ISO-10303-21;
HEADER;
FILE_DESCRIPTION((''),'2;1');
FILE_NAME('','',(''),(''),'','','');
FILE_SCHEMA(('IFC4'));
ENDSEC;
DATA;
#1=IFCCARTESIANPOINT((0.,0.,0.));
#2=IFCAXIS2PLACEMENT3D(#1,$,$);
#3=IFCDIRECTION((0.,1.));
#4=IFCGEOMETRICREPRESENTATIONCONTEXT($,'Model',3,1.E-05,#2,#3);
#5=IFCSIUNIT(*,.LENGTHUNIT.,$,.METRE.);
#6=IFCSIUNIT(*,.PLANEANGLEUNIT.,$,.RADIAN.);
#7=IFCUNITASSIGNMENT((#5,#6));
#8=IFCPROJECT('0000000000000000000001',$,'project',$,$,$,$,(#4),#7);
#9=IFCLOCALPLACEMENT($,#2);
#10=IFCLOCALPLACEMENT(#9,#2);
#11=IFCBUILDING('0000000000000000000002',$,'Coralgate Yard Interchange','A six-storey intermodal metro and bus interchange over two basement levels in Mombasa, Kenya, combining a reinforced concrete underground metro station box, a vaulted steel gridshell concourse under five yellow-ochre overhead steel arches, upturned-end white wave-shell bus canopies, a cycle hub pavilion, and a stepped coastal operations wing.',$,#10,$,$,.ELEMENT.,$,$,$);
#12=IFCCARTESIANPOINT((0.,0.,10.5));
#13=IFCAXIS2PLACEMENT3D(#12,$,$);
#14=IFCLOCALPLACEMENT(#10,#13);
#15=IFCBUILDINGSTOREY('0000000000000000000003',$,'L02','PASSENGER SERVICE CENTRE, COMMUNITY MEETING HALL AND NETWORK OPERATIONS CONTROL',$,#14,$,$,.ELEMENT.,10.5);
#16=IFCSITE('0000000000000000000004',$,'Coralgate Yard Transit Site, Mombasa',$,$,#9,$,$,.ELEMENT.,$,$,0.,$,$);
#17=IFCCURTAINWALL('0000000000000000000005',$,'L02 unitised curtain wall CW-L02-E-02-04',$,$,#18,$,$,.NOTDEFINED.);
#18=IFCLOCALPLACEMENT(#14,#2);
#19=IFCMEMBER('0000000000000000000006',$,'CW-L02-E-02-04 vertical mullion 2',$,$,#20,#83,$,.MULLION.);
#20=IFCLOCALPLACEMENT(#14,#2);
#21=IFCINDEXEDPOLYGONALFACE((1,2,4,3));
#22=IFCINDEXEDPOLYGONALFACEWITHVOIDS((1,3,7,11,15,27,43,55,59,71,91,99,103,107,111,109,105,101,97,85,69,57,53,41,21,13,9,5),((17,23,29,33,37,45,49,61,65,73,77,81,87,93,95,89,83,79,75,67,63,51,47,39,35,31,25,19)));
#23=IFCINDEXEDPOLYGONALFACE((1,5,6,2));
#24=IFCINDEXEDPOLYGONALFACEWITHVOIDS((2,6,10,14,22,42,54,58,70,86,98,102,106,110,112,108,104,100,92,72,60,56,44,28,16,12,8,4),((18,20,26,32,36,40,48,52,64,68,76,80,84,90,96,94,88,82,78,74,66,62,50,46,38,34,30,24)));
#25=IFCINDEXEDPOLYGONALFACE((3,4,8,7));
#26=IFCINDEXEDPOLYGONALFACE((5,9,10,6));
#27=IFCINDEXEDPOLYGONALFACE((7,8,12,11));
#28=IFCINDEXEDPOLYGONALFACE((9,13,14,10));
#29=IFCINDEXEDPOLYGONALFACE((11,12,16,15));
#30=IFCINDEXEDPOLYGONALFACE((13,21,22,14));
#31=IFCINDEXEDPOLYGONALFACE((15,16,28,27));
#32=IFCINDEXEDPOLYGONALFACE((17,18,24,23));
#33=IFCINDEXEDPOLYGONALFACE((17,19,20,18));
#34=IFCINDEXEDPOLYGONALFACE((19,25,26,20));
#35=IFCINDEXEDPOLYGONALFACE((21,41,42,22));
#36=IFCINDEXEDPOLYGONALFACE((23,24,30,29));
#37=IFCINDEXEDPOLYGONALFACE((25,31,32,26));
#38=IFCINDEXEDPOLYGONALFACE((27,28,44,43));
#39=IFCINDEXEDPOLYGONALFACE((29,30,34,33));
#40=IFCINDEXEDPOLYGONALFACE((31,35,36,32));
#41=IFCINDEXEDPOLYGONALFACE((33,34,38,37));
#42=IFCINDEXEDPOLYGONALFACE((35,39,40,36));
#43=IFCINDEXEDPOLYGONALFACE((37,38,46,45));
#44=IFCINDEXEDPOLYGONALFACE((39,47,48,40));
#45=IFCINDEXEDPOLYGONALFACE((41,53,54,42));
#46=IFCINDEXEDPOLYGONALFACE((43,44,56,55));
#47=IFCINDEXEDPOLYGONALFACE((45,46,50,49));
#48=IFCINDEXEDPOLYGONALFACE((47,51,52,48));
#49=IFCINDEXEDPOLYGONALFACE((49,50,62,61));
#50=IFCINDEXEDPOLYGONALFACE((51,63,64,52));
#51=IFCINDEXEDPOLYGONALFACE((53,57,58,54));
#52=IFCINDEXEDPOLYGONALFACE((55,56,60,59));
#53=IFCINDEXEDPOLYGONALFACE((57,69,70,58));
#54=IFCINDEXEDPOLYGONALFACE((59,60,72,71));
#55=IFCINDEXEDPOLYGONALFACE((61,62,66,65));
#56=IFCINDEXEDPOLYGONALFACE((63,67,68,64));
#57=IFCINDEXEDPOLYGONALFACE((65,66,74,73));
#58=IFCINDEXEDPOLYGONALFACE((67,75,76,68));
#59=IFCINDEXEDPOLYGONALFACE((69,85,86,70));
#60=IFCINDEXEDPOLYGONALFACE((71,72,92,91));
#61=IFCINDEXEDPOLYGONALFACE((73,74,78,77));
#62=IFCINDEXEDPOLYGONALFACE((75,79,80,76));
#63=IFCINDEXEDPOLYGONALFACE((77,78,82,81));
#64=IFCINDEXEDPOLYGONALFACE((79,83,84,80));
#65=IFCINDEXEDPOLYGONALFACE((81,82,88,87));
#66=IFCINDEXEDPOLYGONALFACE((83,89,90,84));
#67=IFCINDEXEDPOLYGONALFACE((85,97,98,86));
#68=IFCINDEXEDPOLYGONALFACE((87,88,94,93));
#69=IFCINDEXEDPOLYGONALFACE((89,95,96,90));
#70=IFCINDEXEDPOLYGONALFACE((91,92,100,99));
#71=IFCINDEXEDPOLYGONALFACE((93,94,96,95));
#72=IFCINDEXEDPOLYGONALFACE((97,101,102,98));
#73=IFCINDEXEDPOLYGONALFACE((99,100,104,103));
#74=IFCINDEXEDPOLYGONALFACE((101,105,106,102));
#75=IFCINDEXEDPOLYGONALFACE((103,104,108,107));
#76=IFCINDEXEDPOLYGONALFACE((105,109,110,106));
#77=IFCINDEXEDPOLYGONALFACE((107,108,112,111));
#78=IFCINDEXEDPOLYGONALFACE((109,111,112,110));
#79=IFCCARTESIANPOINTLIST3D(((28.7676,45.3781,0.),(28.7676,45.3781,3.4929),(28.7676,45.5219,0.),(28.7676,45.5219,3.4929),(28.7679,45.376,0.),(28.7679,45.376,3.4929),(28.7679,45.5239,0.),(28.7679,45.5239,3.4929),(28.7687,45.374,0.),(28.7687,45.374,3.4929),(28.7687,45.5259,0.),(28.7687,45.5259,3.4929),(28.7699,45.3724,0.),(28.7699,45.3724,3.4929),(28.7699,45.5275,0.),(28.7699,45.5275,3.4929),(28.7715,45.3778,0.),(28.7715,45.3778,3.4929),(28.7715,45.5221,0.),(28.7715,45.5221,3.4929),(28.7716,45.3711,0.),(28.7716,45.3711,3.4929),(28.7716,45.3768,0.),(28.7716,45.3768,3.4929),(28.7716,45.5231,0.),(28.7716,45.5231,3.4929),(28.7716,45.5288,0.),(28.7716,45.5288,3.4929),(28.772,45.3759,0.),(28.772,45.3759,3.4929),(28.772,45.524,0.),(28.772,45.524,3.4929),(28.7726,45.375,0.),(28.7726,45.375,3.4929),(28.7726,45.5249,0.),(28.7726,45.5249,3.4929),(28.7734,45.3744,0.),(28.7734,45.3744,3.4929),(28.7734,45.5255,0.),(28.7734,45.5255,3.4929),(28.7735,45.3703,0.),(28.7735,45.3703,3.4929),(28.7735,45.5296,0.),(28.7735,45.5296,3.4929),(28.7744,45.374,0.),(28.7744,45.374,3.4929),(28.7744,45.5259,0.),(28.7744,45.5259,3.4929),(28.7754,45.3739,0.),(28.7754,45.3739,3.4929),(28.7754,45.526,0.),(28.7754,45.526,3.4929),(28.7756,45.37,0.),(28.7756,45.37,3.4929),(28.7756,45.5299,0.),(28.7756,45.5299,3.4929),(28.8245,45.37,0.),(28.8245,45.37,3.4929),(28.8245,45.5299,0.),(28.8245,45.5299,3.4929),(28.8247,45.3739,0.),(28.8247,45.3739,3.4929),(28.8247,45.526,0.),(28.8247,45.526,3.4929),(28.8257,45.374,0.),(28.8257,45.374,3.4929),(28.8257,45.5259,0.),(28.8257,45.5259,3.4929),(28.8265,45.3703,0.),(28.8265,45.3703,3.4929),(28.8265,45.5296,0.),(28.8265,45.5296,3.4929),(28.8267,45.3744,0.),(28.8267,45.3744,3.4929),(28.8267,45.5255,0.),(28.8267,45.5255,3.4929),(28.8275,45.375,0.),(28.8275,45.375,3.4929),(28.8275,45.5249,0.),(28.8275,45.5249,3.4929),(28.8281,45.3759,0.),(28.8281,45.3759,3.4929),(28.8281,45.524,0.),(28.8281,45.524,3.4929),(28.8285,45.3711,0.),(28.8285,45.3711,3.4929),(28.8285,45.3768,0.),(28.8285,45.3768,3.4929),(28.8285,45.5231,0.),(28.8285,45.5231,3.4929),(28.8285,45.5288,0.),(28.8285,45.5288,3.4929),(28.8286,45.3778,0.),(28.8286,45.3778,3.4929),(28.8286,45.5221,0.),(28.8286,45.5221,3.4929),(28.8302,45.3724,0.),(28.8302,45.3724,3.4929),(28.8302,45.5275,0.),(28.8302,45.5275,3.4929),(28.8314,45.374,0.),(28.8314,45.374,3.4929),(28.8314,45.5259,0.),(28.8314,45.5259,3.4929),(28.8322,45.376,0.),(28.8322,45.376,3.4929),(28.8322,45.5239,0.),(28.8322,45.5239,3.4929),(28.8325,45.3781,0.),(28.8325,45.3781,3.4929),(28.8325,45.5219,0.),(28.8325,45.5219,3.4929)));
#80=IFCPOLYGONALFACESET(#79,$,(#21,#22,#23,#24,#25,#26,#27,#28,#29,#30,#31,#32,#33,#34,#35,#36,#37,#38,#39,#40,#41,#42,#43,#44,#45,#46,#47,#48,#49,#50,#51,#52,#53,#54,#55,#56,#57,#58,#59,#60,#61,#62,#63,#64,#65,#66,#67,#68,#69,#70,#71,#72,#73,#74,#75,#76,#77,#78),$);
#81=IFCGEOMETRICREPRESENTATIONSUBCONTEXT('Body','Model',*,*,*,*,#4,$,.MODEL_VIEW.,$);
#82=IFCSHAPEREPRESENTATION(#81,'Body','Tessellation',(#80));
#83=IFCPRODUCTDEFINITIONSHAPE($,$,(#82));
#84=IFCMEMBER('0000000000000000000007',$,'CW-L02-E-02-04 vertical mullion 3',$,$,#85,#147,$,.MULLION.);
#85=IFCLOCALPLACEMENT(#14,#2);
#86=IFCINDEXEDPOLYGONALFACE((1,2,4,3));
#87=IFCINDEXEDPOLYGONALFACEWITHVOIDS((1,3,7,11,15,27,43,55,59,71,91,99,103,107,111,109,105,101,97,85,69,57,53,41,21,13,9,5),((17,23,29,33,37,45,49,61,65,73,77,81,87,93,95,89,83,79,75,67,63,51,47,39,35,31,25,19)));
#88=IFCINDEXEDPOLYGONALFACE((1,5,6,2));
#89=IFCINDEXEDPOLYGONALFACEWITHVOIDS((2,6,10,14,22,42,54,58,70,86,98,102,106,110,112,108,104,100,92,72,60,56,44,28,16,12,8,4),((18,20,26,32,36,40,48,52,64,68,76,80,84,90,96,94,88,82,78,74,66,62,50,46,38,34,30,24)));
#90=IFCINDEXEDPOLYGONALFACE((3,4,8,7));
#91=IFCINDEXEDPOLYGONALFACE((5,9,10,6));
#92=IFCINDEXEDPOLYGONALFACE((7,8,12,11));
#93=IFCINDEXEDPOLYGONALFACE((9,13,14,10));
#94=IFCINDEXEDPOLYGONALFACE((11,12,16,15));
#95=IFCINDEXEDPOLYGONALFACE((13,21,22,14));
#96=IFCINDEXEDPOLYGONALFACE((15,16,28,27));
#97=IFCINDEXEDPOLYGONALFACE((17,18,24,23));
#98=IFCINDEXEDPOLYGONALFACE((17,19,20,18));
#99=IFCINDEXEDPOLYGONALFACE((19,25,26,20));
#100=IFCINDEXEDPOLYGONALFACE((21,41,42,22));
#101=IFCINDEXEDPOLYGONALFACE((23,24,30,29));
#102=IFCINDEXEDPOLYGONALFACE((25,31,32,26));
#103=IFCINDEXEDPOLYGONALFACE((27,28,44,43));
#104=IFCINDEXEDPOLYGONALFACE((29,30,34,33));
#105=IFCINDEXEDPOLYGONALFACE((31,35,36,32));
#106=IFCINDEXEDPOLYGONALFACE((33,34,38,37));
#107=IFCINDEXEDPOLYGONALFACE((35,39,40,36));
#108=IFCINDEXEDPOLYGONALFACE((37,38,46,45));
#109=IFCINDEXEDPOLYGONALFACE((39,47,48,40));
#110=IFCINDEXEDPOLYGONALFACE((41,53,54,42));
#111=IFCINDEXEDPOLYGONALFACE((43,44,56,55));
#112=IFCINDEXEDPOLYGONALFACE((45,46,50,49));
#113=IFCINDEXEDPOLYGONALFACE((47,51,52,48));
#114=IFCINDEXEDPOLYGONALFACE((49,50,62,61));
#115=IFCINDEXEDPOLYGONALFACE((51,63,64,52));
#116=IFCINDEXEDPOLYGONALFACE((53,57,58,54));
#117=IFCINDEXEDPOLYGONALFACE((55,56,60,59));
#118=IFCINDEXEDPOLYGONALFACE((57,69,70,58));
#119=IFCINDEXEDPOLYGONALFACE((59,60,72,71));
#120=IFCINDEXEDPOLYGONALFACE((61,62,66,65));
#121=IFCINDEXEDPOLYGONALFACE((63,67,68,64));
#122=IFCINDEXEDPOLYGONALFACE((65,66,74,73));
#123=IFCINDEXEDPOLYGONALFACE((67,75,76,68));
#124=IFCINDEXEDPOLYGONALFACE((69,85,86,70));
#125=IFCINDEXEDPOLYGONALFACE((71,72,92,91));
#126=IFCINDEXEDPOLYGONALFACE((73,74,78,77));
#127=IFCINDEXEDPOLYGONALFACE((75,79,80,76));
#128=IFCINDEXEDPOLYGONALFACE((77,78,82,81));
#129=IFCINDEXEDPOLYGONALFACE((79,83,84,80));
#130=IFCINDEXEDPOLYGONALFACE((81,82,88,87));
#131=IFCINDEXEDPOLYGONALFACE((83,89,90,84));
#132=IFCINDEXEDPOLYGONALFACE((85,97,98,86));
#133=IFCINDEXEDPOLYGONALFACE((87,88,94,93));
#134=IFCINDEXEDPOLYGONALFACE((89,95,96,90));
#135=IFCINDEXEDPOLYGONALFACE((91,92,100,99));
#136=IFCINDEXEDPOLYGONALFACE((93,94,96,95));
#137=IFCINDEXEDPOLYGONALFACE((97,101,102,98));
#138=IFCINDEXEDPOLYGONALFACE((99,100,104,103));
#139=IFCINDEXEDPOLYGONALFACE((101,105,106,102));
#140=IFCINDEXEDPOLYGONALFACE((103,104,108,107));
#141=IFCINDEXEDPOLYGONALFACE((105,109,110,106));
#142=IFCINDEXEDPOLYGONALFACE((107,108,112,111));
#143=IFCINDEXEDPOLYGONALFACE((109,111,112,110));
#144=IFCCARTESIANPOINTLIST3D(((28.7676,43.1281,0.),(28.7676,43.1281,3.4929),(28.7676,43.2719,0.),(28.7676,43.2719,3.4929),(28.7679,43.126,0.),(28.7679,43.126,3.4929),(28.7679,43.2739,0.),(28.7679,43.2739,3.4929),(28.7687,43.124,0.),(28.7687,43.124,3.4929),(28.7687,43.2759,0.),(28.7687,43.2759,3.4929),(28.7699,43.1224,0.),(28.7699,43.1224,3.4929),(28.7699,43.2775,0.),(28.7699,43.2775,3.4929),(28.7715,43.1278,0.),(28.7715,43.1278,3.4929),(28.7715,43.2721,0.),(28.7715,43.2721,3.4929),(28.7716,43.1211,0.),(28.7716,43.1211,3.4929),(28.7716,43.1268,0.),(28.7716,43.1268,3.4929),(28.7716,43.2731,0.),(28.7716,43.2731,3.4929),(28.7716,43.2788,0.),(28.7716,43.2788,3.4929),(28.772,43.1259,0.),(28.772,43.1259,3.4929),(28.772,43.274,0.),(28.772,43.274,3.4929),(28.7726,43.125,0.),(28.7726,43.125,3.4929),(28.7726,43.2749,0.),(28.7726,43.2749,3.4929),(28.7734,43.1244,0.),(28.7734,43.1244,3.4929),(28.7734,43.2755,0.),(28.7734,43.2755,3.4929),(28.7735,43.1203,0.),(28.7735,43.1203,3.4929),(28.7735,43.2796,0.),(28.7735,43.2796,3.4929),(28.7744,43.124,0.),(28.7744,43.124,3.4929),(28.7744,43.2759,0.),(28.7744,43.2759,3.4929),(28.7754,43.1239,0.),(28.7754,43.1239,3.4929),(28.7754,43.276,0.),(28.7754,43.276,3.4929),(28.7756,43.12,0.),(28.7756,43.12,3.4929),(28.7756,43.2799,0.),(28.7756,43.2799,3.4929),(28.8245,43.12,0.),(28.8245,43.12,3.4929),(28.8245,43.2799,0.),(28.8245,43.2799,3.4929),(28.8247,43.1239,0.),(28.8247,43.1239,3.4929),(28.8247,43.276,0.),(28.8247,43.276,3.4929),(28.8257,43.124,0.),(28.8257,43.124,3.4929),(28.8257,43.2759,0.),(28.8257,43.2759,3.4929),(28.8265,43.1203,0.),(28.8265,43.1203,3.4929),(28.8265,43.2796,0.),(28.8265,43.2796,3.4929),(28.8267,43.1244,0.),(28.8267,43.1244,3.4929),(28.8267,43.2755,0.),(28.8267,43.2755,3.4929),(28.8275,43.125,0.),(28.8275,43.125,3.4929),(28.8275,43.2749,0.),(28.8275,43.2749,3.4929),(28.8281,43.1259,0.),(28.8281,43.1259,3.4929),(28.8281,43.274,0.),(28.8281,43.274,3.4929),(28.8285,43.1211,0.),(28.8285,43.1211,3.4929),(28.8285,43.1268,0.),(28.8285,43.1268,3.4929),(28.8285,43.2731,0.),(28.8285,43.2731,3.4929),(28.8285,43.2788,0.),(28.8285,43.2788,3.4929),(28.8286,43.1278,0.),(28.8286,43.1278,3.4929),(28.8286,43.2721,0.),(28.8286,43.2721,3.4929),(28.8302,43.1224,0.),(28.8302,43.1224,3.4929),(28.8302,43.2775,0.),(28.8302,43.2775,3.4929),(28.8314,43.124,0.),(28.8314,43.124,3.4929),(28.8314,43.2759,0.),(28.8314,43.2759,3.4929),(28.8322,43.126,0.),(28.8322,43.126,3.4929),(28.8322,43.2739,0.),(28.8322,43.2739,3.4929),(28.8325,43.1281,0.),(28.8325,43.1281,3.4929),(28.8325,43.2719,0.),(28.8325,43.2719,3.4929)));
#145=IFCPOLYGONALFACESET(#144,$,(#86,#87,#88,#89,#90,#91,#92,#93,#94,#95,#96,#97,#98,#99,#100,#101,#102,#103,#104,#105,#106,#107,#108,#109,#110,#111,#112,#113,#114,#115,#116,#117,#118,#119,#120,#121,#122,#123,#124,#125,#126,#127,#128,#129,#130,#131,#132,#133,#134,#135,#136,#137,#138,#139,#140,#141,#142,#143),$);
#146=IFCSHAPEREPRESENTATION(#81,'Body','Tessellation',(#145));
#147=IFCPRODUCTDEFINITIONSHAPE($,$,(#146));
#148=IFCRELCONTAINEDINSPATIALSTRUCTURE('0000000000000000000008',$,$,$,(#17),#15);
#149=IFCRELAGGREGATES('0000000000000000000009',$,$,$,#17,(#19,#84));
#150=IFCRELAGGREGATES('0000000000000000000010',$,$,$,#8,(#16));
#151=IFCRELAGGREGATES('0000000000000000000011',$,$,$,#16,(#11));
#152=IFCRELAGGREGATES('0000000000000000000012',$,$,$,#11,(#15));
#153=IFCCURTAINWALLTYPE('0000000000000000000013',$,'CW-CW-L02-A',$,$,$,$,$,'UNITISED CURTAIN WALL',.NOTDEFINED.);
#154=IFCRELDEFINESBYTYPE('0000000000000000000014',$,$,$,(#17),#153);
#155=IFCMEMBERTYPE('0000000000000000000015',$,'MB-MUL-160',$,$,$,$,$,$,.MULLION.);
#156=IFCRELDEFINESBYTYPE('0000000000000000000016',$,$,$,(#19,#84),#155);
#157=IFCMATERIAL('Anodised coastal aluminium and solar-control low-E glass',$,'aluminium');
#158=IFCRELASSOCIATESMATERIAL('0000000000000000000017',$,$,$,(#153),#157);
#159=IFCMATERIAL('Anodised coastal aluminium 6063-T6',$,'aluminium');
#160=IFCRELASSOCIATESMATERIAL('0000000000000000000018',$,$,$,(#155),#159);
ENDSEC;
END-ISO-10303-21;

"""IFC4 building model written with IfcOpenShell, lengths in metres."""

from ifc_helpers import new_model, si_unit, direction, frame, origin, origin_2d, place, context, subcontext, project, spatial, hollow_rectangle, extrude, material, material_profile, profile_set, type_object, element, aggregate, save


model = new_model("IFC4")

# Units and contexts
model_context = context("Model", 3, precision=1e-05, world=origin(), true_north=direction((0.0, 1.0)))
body_context = subcontext(model_context, "Body", "Model", "MODEL_VIEW")
ifc_project = project(units=[si_unit("LENGTHUNIT", "METRE"), si_unit("PLANEANGLEUNIT", "RADIAN")], contexts=[model_context])

# Site, building, storey
site_placement = place(None, origin())
site = spatial("IfcSite", under=ifc_project, at=site_placement, Name="Coralgate Yard Transit Site, Mombasa", CompositionType="ELEMENT", RefElevation=0.0)
building_placement = place(site_placement, origin())
building = spatial("IfcBuilding", under=site, at=building_placement, Name="Coralgate Yard Interchange", Description="A six-storey intermodal metro and bus interchange over two basement levels in Mombasa, Kenya, combining a reinforced concrete underground metro station box, a vaulted steel gridshell concourse under five yellow-ochre overhead steel arches, upturned-end white wave-shell bus canopies, a cycle hub pavilion, and a stepped coastal operations wing.", CompositionType="ELEMENT")
storey_placement = place(building_placement, frame((0.0, 0.0, 10.5)))
storey = spatial("IfcBuildingStorey", under=building, at=storey_placement, Name="L02", Description="PASSENGER SERVICE CENTRE, COMMUNITY MEETING HALL AND NETWORK OPERATIONS CONTROL", CompositionType="ELEMENT", Elevation=10.5)

# Curtain wall, members
ifc_material_1 = material(Name="Anodised coastal aluminium and solar-control low-E glass", Category="aluminium")
curtain_wall_type_1 = type_object("IfcCurtainWallType", Name="CW-CW-L02-A", ElementType="UNITISED CURTAIN WALL", PredefinedType="NOTDEFINED", material=ifc_material_1)
curtain_wall_1_placement = place(storey_placement, origin())
curtain_wall_1 = element("IfcCurtainWall", 1, at=curtain_wall_1_placement, inside=storey, type_object=curtain_wall_type_1, Name="L02 unitised curtain wall CW-L02-E-02-04", PredefinedType="NOTDEFINED")
ifc_material_2 = material(Name="Anodised coastal aluminium 6063-T6", Category="aluminium")
ifc_material_profile_1 = material_profile(ifc_material_2, hollow_rectangle(XDim=0.0649, YDim=0.1599, WallThickness=0.0039, InnerFilletRadius=0.0039, OuterFilletRadius=0.0081, at=origin_2d()), Name="ALU 65x160x4")
ifc_profile_set_1 = profile_set([ifc_material_profile_1], Name="Anodised coastal aluminium 6063-T6")
member_type_1 = type_object("IfcMemberType", Name="MB-MUL-160", PredefinedType="MULLION", material=ifc_profile_set_1)
member_1_placement = place(storey_placement, frame((28.8, 45.45, 0.0), z_axis=(0.0, 0.0, 1.0), x_axis=(1.0, 0.0, 0.0)))
member_1 = element("IfcMember", 2, at=member_1_placement, type_object=member_type_1, Name="CW-L02-E-02-04 vertical mullion 2", PredefinedType="MULLION", context=body_context, shape_type="SweptSolid", body=[
    extrude(hollow_rectangle(XDim=0.0649, YDim=0.1599, WallThickness=0.0039, InnerFilletRadius=0.0039, OuterFilletRadius=0.0081, at=origin_2d()), origin(), (0.0, 0.0, 1.0), 3.4929),
])
member_2_placement = place(storey_placement, frame((28.8, 43.2, 0.0), z_axis=(0.0, 0.0, 1.0), x_axis=(1.0, 0.0, 0.0)))
member_2 = element("IfcMember", 3, at=member_2_placement, type_object=member_type_1, Name="CW-L02-E-02-04 vertical mullion 3", PredefinedType="MULLION", context=body_context, shape_type="SweptSolid", body=[
    extrude(hollow_rectangle(XDim=0.0649, YDim=0.1599, WallThickness=0.0039, InnerFilletRadius=0.0039, OuterFilletRadius=0.0081, at=origin_2d()), origin(), (0.0, 0.0, 1.0), 3.4929),
])

aggregate(curtain_wall_1, [member_1, member_2])

save(model, "model.ifc")
